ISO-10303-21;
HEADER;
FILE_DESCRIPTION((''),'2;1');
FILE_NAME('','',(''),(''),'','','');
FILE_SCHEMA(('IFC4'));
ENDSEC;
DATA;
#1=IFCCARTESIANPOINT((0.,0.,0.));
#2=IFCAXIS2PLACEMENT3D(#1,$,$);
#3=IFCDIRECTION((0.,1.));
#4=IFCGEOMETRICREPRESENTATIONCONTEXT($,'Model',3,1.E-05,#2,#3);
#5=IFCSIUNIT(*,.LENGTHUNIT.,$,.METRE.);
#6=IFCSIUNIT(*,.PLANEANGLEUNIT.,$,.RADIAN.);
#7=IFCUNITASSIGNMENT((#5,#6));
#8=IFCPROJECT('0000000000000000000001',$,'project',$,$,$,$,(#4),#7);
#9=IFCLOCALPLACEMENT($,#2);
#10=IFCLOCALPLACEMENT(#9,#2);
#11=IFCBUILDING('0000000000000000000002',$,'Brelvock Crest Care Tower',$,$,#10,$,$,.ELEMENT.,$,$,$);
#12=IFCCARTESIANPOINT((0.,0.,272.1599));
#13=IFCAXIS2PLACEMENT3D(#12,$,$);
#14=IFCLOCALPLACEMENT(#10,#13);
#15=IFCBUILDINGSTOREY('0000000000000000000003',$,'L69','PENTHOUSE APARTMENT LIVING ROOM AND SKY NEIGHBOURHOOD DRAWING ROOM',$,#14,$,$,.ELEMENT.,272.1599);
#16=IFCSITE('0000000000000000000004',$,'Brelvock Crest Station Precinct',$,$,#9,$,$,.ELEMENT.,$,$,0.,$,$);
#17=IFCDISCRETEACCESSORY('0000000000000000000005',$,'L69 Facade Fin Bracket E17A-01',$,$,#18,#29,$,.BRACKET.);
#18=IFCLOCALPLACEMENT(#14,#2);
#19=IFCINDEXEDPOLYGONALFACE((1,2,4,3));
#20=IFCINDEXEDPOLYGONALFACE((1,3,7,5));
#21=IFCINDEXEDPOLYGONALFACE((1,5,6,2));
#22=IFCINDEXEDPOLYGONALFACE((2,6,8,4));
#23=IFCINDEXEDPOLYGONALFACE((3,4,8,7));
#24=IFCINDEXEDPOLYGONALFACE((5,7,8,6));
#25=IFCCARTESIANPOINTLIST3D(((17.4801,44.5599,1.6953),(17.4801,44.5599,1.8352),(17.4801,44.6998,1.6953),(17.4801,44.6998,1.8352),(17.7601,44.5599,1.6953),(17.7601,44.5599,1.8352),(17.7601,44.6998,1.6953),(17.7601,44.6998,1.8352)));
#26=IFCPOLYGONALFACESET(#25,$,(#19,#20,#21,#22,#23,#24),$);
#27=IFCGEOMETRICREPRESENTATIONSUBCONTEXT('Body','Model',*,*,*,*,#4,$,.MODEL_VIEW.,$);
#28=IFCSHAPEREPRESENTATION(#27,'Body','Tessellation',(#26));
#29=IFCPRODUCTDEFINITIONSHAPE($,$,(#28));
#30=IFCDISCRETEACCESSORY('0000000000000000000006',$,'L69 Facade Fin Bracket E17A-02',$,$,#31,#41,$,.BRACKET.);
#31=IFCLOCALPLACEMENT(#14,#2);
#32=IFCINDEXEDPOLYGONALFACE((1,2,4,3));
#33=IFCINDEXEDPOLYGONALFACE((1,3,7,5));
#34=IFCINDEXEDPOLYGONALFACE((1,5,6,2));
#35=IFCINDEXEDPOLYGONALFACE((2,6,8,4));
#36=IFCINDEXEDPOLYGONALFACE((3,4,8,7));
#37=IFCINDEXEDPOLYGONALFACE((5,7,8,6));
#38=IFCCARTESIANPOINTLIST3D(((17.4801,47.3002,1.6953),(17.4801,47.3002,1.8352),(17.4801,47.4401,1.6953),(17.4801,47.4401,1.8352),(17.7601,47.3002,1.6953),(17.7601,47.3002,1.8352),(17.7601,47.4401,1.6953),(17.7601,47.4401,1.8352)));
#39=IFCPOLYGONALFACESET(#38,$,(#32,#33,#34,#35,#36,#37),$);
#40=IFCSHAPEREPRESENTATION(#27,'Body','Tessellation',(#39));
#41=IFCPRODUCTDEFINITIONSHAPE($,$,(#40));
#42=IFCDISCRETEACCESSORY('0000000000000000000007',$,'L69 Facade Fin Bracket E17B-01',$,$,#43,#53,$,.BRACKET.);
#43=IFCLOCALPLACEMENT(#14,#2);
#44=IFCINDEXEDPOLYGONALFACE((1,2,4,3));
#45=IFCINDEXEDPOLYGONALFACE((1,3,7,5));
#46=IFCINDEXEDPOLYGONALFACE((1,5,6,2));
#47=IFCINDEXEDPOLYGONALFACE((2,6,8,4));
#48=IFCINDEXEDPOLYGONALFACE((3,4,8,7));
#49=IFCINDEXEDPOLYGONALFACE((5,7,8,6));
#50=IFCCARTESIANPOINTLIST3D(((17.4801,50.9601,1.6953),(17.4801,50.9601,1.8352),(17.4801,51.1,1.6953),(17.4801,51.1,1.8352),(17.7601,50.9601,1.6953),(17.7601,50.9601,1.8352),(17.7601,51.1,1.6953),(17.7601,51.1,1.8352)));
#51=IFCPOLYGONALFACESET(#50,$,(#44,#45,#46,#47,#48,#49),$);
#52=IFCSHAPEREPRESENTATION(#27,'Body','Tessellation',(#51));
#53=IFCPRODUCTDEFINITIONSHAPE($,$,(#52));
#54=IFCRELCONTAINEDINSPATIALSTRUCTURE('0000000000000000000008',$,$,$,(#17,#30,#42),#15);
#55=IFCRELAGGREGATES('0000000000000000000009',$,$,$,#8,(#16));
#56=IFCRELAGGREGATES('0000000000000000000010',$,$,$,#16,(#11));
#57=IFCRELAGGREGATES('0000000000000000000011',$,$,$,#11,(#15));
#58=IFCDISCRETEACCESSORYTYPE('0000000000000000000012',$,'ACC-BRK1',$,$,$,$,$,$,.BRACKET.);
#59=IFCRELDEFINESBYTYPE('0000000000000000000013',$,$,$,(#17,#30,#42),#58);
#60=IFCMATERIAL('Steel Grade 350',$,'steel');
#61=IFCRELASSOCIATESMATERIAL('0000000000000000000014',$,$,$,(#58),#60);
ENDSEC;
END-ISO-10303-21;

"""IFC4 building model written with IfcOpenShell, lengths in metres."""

from ifc_helpers import new_model, si_unit, direction, frame, origin, origin_2d, place, context, subcontext, project, spatial, rectangle, extrude, source, transform, mapped, material, type_object, element, save


model = new_model("IFC4")

# Units and contexts
model_context = context("Model", 3, precision=1e-05, world=origin(), true_north=direction((0.0, 1.0)))
body_context = subcontext(model_context, "Body", "Model", "MODEL_VIEW")
ifc_project = project(units=[si_unit("LENGTHUNIT", "METRE"), si_unit("PLANEANGLEUNIT", "RADIAN")], contexts=[model_context])

# Site, building, storey
site_placement = place(None, origin())
site = spatial("IfcSite", under=ifc_project, at=site_placement, Name="Brelvock Crest Station Precinct", CompositionType="ELEMENT", RefElevation=0.0)
building_placement = place(site_placement, origin())
building = spatial("IfcBuilding", under=site, at=building_placement, Name="Brelvock Crest Care Tower", CompositionType="ELEMENT")
storey_placement = place(building_placement, frame((0.0, 0.0, 272.1599)))
storey = spatial("IfcBuildingStorey", under=building, at=storey_placement, Name="L69", Description="PENTHOUSE APARTMENT LIVING ROOM AND SKY NEIGHBOURHOOD DRAWING ROOM", CompositionType="ELEMENT", Elevation=272.1599)

# Shared definitions
ifc_material_1 = material(Name="Steel Grade 350", Category="steel")

# Discrete accessories
discrete_accessory_type = type_object("IfcDiscreteAccessoryType", Name="ACC-BRK1", PredefinedType="BRACKET", material=ifc_material_1)
shared_shape_1 = source(origin(), body_context, "Body", "SweptSolid", [
    extrude(rectangle(XDim=0.28, YDim=0.1399, at=origin_2d()), origin(), (0.0, 0.0, 1.0), 0.1399),
])
for number, where, z_axis, x_axis, name in (
    (1, (17.6201, 44.6299, 1.6953), (0.0, 0.0, 1.0), (-1.0, 0.0, 0.0), "L69 Facade Fin Bracket E17A-01"),
    (2, (17.6201, 47.3701, 1.6953), (0.0, 0.0, 1.0), (-1.0, 0.0, 0.0), "L69 Facade Fin Bracket E17A-02"),
    (3, (17.6201, 51.03, 1.6953), (0.0, 0.0, 1.0), (-1.0, 0.0, 0.0), "L69 Facade Fin Bracket E17B-01"),
):
    element("IfcDiscreteAccessory", number, at=place(storey_placement, frame(where, z_axis=z_axis, x_axis=x_axis)), inside=storey, type_object=discrete_accessory_type, Name=name, PredefinedType="BRACKET", context=body_context, shape_type="MappedRepresentation", body=[
        mapped(shared_shape_1, transform((0.0, 0.0, 0.0), x_axis=(1.0, 0.0, 0.0), y_axis=(0.0, 1.0, 0.0), z_axis=(0.0, 0.0, 1.0), scale=1.0)),
    ])

save(model, "model.ifc")
